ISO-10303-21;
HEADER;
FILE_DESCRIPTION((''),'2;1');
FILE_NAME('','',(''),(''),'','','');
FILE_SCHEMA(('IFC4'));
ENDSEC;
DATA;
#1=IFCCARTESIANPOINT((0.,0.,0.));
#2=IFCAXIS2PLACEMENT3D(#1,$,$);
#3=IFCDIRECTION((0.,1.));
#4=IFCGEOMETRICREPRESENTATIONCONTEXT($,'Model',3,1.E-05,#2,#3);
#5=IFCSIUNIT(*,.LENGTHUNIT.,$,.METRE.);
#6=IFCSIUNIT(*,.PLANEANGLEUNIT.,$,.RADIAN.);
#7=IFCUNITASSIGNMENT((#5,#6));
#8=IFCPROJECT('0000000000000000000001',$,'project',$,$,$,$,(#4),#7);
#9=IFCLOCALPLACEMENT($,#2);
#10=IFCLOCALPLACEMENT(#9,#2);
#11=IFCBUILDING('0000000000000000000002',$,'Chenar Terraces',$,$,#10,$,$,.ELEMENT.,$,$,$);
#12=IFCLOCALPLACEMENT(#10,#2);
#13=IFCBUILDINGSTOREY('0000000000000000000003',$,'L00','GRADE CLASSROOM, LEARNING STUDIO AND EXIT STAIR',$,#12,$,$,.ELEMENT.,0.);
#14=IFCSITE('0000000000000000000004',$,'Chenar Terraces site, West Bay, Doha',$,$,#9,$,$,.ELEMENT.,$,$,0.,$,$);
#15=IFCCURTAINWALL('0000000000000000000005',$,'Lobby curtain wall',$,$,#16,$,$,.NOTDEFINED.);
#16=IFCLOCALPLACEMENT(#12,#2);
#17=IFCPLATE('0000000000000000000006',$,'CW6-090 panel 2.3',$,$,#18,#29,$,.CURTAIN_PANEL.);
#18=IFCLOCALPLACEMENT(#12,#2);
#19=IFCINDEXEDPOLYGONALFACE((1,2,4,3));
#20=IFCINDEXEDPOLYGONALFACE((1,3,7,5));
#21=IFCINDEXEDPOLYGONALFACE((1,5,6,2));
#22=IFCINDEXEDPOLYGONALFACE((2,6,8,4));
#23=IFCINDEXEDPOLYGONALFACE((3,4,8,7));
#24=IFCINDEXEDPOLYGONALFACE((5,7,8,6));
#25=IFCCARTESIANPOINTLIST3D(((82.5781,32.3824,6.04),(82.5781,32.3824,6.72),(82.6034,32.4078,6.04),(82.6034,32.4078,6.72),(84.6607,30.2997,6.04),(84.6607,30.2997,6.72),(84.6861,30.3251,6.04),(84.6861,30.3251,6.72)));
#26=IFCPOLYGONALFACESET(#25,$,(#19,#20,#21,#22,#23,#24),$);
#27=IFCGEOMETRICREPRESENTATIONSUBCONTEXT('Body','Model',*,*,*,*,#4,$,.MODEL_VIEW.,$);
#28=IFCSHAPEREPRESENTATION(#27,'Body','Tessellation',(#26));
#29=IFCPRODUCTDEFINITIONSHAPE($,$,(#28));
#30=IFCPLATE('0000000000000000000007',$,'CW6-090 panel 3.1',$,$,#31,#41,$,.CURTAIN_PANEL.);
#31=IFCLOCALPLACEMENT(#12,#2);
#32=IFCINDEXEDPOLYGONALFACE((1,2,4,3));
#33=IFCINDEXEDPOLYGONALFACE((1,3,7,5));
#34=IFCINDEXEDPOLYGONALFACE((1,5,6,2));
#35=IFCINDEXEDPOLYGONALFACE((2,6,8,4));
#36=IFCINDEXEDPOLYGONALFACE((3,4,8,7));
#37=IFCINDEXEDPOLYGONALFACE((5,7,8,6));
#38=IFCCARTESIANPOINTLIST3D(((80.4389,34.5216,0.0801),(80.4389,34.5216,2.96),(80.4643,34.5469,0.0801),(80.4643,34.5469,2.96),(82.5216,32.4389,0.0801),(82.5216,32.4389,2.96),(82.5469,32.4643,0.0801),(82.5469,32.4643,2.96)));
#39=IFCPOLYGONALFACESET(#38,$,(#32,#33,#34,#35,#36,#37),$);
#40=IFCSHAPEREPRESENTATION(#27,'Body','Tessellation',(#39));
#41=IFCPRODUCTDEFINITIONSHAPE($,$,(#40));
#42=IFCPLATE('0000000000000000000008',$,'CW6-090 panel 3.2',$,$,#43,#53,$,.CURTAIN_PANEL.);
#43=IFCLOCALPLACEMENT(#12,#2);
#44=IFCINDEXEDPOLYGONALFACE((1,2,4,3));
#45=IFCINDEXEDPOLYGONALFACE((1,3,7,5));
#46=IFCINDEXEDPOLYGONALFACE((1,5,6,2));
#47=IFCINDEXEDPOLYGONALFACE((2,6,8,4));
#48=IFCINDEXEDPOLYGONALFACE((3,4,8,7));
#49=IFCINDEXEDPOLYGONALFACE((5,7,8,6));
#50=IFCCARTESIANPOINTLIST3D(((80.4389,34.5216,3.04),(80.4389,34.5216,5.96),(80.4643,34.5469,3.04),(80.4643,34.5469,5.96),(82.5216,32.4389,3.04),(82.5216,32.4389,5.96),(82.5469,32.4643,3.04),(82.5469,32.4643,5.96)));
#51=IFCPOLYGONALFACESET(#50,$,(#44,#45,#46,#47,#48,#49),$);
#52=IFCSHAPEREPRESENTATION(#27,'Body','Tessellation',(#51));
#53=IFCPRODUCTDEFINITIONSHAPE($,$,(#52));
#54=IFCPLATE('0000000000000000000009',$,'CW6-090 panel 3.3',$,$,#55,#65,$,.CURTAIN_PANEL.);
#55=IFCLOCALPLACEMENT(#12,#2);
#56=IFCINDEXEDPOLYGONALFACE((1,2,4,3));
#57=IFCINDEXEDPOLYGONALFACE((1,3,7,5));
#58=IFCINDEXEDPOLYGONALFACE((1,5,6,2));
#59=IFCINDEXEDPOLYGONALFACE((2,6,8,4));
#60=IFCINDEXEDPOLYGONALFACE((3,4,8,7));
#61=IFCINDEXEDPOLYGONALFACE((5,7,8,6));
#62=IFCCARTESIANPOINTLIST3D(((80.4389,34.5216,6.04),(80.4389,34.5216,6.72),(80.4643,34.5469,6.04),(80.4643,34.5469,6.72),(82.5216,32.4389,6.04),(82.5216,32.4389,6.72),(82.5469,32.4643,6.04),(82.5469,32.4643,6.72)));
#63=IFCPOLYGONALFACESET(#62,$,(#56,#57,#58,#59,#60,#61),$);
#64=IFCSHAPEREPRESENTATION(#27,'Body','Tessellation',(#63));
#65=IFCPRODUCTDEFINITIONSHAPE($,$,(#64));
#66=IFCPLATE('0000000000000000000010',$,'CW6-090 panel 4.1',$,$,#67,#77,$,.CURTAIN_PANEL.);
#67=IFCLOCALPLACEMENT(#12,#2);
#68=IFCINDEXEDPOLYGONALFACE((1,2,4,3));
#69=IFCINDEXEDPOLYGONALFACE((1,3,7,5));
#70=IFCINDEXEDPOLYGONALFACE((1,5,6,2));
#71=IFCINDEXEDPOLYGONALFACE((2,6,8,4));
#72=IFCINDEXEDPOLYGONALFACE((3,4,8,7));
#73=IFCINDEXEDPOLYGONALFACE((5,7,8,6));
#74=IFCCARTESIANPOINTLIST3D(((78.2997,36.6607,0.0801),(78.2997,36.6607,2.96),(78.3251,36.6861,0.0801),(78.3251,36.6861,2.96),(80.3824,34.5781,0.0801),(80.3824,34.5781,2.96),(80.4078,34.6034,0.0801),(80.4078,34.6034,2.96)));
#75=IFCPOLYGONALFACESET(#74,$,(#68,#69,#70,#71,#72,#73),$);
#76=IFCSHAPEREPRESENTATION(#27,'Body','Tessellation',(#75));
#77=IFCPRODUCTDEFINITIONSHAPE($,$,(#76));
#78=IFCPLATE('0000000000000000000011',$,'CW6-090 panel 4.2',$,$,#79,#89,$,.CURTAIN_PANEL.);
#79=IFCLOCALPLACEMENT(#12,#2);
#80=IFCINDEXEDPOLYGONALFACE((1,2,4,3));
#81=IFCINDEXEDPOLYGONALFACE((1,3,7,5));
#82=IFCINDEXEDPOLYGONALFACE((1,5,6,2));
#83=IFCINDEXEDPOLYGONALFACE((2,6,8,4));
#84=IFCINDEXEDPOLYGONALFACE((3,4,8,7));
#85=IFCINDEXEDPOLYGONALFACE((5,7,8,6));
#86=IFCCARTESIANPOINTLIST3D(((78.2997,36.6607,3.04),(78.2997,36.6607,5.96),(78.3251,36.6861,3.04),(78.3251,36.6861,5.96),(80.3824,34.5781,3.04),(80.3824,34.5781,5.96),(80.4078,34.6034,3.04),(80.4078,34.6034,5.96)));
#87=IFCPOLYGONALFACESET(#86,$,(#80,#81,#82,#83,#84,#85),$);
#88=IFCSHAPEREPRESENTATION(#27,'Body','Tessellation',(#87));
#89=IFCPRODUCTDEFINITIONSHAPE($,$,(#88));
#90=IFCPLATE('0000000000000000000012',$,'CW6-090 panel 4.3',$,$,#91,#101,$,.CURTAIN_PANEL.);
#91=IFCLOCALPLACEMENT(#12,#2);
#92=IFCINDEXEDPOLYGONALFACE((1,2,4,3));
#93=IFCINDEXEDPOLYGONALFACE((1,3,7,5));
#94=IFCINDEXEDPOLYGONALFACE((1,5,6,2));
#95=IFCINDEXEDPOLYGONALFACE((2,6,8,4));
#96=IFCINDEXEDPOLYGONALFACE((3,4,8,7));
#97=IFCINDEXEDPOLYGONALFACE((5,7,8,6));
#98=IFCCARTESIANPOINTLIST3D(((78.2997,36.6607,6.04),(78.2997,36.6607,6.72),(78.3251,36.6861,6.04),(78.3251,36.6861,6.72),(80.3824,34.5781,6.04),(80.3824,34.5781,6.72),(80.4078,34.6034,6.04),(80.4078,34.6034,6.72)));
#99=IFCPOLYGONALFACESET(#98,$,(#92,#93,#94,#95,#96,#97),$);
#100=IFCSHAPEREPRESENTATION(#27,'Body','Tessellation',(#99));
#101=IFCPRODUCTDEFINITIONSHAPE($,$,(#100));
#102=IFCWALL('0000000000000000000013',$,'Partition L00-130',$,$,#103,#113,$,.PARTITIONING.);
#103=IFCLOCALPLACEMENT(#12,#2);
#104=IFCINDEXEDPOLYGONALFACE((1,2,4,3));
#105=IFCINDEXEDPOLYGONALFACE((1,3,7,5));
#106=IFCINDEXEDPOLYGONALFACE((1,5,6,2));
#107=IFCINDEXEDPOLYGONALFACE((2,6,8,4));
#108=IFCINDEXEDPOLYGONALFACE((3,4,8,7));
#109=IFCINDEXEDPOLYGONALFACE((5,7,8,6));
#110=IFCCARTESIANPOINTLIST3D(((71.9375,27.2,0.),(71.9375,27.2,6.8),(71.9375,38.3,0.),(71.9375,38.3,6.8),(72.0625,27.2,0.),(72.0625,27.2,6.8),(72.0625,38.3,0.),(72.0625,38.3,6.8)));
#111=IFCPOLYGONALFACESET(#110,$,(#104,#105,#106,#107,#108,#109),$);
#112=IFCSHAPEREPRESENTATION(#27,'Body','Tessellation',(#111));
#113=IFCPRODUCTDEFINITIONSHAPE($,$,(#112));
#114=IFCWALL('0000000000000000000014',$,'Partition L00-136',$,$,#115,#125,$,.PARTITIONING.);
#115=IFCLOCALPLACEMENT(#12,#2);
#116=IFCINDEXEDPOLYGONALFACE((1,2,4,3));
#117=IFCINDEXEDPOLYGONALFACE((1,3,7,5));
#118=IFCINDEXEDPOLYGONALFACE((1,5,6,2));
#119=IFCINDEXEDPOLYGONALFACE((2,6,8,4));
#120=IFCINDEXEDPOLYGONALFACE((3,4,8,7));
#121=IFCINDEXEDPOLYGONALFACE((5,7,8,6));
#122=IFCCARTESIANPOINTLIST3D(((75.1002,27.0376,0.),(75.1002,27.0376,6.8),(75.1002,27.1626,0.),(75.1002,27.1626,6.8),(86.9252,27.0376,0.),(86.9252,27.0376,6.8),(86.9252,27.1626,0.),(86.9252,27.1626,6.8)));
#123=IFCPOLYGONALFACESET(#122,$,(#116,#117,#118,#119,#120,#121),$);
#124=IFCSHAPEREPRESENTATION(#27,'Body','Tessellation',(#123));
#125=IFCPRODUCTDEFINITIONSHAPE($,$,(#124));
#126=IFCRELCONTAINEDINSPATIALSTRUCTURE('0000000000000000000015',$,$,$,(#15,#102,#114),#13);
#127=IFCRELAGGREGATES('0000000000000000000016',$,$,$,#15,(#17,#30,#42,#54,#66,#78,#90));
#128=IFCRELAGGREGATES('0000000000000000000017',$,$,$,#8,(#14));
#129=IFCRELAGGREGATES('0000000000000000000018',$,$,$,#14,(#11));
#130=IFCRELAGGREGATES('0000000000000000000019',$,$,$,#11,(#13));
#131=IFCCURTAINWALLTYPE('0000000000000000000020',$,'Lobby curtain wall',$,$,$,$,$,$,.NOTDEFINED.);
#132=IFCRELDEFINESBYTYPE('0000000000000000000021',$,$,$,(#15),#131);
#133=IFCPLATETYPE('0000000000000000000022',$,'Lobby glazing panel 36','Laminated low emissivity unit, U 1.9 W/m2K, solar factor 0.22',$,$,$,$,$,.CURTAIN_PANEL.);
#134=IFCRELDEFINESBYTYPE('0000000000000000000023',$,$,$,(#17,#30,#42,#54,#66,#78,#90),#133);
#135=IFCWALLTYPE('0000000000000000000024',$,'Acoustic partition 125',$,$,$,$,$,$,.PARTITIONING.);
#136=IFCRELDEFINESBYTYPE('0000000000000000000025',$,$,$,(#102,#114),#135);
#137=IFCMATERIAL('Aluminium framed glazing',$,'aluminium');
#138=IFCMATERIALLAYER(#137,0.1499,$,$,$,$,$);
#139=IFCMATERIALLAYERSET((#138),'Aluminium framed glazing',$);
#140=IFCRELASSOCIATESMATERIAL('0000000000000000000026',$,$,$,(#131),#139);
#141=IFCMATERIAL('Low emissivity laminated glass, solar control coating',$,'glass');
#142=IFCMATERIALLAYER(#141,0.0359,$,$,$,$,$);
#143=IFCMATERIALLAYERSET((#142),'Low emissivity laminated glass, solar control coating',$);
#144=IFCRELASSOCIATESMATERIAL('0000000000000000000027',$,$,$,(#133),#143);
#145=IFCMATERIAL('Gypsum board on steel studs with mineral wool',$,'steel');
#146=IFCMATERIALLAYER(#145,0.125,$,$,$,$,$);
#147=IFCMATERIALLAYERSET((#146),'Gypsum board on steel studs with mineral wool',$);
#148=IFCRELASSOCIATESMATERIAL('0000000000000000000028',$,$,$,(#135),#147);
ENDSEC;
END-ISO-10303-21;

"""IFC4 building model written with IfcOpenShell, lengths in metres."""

from ifc_helpers import new_model, si_unit, direction, frame, frame_2d, origin, origin_2d, place, context, subcontext, project, spatial, rectangle, extrude, material, layer, layer_set, type_object, element, aggregate, save


model = new_model("IFC4")

# Units and contexts
model_context = context("Model", 3, precision=1e-05, world=origin(), true_north=direction((0.0, 1.0)))
body_context = subcontext(model_context, "Body", "Model", "MODEL_VIEW")
ifc_project = project(units=[si_unit("LENGTHUNIT", "METRE"), si_unit("PLANEANGLEUNIT", "RADIAN")], contexts=[model_context])

# Site, building, storey
site_placement = place(None, origin())
site = spatial("IfcSite", under=ifc_project, at=site_placement, Name="Chenar Terraces site, West Bay, Doha", CompositionType="ELEMENT", RefElevation=0.0)
building_placement = place(site_placement, origin())
building = spatial("IfcBuilding", under=site, at=building_placement, Name="Chenar Terraces", CompositionType="ELEMENT")
storey_placement = place(building_placement, origin())
storey = spatial("IfcBuildingStorey", under=building, at=storey_placement, Name="L00", Description="GRADE CLASSROOM, LEARNING STUDIO AND EXIT STAIR", CompositionType="ELEMENT", Elevation=0.0)

# Shared definitions
ifc_material_1 = material(Name="Aluminium framed glazing", Category="aluminium")
ifc_layer_1 = layer(ifc_material_1, 0.1499)
ifc_layer_set_1 = layer_set([ifc_layer_1], Name="Aluminium framed glazing")
curtain_wall_type = type_object("IfcCurtainWallType", Name="Lobby curtain wall", PredefinedType="NOTDEFINED", material=ifc_layer_set_1)
placement = place(storey_placement, origin())

# Curtain wall
curtain_wall_1 = element("IfcCurtainWall", 1, at=placement, inside=storey, type_object=curtain_wall_type, Name="Lobby curtain wall", PredefinedType="NOTDEFINED")

# Plates
ifc_material_2 = material(Name="Low emissivity laminated glass, solar control coating", Category="glass")
ifc_layer_2 = layer(ifc_material_2, 0.0359)
ifc_layer_set_2 = layer_set([ifc_layer_2], Name="Low emissivity laminated glass, solar control coating")
plate_type = type_object("IfcPlateType", Name="Lobby glazing panel 36", Description="Laminated low emissivity unit, U 1.9 W/m2K, solar factor 0.22", PredefinedType="CURTAIN_PANEL", material=ifc_layer_set_2)
plate_1_placement = place(storey_placement, frame((83.6321, 31.3538, 6.04), z_axis=(0.0, 0.0, 1.0), x_axis=(-0.707107, 0.707107, 0.0)))
plate_1 = element("IfcPlate", 2, at=plate_1_placement, type_object=plate_type, Name="CW6-090 panel 2.3", PredefinedType="CURTAIN_PANEL", context=body_context, shape_type="SweptSolid", body=[
    extrude(rectangle(XDim=2.9453, YDim=0.0359, at=origin_2d()), origin(), (0.0, 0.0, 1.0), 0.6799),
])
plate_2_placement = place(storey_placement, frame((81.4929, 33.4929, 0.0801), z_axis=(0.0, 0.0, 1.0), x_axis=(-0.707107, 0.707107, 0.0)))
plate_2 = element("IfcPlate", 3, at=plate_2_placement, type_object=plate_type, Name="CW6-090 panel 3.1", PredefinedType="CURTAIN_PANEL", context=body_context, shape_type="SweptSolid", body=[
    extrude(rectangle(XDim=2.9453, YDim=0.0359, at=origin_2d()), origin(), (0.0, 0.0, 1.0), 2.8799),
])
plate_3_placement = place(storey_placement, frame((81.4929, 33.4929, 3.04), z_axis=(0.0, 0.0, 1.0), x_axis=(-0.707107, 0.707107, 0.0)))
plate_3 = element("IfcPlate", 4, at=plate_3_placement, type_object=plate_type, Name="CW6-090 panel 3.2", PredefinedType="CURTAIN_PANEL", context=body_context, shape_type="SweptSolid", body=[
    extrude(rectangle(XDim=2.9453, YDim=0.0359, at=origin_2d()), origin(), (0.0, 0.0, 1.0), 2.9199),
])
plate_4_placement = place(storey_placement, frame((81.4929, 33.4929, 6.04), z_axis=(0.0, 0.0, 1.0), x_axis=(-0.707107, 0.707107, 0.0)))
plate_4 = element("IfcPlate", 5, at=plate_4_placement, type_object=plate_type, Name="CW6-090 panel 3.3", PredefinedType="CURTAIN_PANEL", context=body_context, shape_type="SweptSolid", body=[
    extrude(rectangle(XDim=2.9453, YDim=0.0359, at=origin_2d()), origin(), (0.0, 0.0, 1.0), 0.6799),
])
plate_5_placement = place(storey_placement, frame((79.3538, 35.6321, 0.0801), z_axis=(0.0, 0.0, 1.0), x_axis=(-0.707107, 0.707107, 0.0)))
plate_5 = element("IfcPlate", 6, at=plate_5_placement, type_object=plate_type, Name="CW6-090 panel 4.1", PredefinedType="CURTAIN_PANEL", context=body_context, shape_type="SweptSolid", body=[
    extrude(rectangle(XDim=2.9453, YDim=0.0359, at=origin_2d()), origin(), (0.0, 0.0, 1.0), 2.8799),
])
plate_6_placement = place(storey_placement, frame((79.3538, 35.6321, 3.04), z_axis=(0.0, 0.0, 1.0), x_axis=(-0.707107, 0.707107, 0.0)))
plate_6 = element("IfcPlate", 7, at=plate_6_placement, type_object=plate_type, Name="CW6-090 panel 4.2", PredefinedType="CURTAIN_PANEL", context=body_context, shape_type="SweptSolid", body=[
    extrude(rectangle(XDim=2.9453, YDim=0.0359, at=origin_2d()), origin(), (0.0, 0.0, 1.0), 2.9199),
])
plate_7_placement = place(storey_placement, frame((79.3538, 35.6321, 6.04), z_axis=(0.0, 0.0, 1.0), x_axis=(-0.707107, 0.707107, 0.0)))
plate_7 = element("IfcPlate", 8, at=plate_7_placement, type_object=plate_type, Name="CW6-090 panel 4.3", PredefinedType="CURTAIN_PANEL", context=body_context, shape_type="SweptSolid", body=[
    extrude(rectangle(XDim=2.9453, YDim=0.0359, at=origin_2d()), origin(), (0.0, 0.0, 1.0), 0.6799),
])
aggregate(curtain_wall_1, [plate_1, plate_2, plate_3, plate_4, plate_5, plate_6, plate_7])

# Walls
ifc_material_3 = material(Name="Gypsum board on steel studs with mineral wool", Category="steel")
ifc_layer_3 = layer(ifc_material_3, 0.125)
ifc_layer_set_3 = layer_set([ifc_layer_3], Name="Gypsum board on steel studs with mineral wool")
wall_type = type_object("IfcWallType", Name="Acoustic partition 125", PredefinedType="PARTITIONING", material=ifc_layer_set_3)
wall_1_placement = place(storey_placement, frame((72.0, 27.2, 0.0), z_axis=(0.0, 0.0, 1.0), x_axis=(0.0, 1.0, 0.0)))
element("IfcWall", 9, at=wall_1_placement, inside=storey, type_object=wall_type, Name="Partition L00-130", PredefinedType="PARTITIONING", context=body_context, shape_type="SweptSolid", body=[
    extrude(rectangle(XDim=11.1001, YDim=0.125, at=frame_2d((5.55, 0.0))), origin(), (0.0, 0.0, 1.0), 6.8),
])
wall_2_placement = place(storey_placement, frame((75.1001, 27.1001, 0.0), z_axis=(0.0, 0.0, 1.0), x_axis=(1.0, 0.0, 0.0)))
element("IfcWall", 10, at=wall_2_placement, inside=storey, type_object=wall_type, Name="Partition L00-136", PredefinedType="PARTITIONING", context=body_context, shape_type="SweptSolid", body=[
    extrude(rectangle(XDim=11.825, YDim=0.125, at=frame_2d((5.9126, 0.0))), origin(), (0.0, 0.0, 1.0), 6.8),
])

save(model, "model.ifc")
